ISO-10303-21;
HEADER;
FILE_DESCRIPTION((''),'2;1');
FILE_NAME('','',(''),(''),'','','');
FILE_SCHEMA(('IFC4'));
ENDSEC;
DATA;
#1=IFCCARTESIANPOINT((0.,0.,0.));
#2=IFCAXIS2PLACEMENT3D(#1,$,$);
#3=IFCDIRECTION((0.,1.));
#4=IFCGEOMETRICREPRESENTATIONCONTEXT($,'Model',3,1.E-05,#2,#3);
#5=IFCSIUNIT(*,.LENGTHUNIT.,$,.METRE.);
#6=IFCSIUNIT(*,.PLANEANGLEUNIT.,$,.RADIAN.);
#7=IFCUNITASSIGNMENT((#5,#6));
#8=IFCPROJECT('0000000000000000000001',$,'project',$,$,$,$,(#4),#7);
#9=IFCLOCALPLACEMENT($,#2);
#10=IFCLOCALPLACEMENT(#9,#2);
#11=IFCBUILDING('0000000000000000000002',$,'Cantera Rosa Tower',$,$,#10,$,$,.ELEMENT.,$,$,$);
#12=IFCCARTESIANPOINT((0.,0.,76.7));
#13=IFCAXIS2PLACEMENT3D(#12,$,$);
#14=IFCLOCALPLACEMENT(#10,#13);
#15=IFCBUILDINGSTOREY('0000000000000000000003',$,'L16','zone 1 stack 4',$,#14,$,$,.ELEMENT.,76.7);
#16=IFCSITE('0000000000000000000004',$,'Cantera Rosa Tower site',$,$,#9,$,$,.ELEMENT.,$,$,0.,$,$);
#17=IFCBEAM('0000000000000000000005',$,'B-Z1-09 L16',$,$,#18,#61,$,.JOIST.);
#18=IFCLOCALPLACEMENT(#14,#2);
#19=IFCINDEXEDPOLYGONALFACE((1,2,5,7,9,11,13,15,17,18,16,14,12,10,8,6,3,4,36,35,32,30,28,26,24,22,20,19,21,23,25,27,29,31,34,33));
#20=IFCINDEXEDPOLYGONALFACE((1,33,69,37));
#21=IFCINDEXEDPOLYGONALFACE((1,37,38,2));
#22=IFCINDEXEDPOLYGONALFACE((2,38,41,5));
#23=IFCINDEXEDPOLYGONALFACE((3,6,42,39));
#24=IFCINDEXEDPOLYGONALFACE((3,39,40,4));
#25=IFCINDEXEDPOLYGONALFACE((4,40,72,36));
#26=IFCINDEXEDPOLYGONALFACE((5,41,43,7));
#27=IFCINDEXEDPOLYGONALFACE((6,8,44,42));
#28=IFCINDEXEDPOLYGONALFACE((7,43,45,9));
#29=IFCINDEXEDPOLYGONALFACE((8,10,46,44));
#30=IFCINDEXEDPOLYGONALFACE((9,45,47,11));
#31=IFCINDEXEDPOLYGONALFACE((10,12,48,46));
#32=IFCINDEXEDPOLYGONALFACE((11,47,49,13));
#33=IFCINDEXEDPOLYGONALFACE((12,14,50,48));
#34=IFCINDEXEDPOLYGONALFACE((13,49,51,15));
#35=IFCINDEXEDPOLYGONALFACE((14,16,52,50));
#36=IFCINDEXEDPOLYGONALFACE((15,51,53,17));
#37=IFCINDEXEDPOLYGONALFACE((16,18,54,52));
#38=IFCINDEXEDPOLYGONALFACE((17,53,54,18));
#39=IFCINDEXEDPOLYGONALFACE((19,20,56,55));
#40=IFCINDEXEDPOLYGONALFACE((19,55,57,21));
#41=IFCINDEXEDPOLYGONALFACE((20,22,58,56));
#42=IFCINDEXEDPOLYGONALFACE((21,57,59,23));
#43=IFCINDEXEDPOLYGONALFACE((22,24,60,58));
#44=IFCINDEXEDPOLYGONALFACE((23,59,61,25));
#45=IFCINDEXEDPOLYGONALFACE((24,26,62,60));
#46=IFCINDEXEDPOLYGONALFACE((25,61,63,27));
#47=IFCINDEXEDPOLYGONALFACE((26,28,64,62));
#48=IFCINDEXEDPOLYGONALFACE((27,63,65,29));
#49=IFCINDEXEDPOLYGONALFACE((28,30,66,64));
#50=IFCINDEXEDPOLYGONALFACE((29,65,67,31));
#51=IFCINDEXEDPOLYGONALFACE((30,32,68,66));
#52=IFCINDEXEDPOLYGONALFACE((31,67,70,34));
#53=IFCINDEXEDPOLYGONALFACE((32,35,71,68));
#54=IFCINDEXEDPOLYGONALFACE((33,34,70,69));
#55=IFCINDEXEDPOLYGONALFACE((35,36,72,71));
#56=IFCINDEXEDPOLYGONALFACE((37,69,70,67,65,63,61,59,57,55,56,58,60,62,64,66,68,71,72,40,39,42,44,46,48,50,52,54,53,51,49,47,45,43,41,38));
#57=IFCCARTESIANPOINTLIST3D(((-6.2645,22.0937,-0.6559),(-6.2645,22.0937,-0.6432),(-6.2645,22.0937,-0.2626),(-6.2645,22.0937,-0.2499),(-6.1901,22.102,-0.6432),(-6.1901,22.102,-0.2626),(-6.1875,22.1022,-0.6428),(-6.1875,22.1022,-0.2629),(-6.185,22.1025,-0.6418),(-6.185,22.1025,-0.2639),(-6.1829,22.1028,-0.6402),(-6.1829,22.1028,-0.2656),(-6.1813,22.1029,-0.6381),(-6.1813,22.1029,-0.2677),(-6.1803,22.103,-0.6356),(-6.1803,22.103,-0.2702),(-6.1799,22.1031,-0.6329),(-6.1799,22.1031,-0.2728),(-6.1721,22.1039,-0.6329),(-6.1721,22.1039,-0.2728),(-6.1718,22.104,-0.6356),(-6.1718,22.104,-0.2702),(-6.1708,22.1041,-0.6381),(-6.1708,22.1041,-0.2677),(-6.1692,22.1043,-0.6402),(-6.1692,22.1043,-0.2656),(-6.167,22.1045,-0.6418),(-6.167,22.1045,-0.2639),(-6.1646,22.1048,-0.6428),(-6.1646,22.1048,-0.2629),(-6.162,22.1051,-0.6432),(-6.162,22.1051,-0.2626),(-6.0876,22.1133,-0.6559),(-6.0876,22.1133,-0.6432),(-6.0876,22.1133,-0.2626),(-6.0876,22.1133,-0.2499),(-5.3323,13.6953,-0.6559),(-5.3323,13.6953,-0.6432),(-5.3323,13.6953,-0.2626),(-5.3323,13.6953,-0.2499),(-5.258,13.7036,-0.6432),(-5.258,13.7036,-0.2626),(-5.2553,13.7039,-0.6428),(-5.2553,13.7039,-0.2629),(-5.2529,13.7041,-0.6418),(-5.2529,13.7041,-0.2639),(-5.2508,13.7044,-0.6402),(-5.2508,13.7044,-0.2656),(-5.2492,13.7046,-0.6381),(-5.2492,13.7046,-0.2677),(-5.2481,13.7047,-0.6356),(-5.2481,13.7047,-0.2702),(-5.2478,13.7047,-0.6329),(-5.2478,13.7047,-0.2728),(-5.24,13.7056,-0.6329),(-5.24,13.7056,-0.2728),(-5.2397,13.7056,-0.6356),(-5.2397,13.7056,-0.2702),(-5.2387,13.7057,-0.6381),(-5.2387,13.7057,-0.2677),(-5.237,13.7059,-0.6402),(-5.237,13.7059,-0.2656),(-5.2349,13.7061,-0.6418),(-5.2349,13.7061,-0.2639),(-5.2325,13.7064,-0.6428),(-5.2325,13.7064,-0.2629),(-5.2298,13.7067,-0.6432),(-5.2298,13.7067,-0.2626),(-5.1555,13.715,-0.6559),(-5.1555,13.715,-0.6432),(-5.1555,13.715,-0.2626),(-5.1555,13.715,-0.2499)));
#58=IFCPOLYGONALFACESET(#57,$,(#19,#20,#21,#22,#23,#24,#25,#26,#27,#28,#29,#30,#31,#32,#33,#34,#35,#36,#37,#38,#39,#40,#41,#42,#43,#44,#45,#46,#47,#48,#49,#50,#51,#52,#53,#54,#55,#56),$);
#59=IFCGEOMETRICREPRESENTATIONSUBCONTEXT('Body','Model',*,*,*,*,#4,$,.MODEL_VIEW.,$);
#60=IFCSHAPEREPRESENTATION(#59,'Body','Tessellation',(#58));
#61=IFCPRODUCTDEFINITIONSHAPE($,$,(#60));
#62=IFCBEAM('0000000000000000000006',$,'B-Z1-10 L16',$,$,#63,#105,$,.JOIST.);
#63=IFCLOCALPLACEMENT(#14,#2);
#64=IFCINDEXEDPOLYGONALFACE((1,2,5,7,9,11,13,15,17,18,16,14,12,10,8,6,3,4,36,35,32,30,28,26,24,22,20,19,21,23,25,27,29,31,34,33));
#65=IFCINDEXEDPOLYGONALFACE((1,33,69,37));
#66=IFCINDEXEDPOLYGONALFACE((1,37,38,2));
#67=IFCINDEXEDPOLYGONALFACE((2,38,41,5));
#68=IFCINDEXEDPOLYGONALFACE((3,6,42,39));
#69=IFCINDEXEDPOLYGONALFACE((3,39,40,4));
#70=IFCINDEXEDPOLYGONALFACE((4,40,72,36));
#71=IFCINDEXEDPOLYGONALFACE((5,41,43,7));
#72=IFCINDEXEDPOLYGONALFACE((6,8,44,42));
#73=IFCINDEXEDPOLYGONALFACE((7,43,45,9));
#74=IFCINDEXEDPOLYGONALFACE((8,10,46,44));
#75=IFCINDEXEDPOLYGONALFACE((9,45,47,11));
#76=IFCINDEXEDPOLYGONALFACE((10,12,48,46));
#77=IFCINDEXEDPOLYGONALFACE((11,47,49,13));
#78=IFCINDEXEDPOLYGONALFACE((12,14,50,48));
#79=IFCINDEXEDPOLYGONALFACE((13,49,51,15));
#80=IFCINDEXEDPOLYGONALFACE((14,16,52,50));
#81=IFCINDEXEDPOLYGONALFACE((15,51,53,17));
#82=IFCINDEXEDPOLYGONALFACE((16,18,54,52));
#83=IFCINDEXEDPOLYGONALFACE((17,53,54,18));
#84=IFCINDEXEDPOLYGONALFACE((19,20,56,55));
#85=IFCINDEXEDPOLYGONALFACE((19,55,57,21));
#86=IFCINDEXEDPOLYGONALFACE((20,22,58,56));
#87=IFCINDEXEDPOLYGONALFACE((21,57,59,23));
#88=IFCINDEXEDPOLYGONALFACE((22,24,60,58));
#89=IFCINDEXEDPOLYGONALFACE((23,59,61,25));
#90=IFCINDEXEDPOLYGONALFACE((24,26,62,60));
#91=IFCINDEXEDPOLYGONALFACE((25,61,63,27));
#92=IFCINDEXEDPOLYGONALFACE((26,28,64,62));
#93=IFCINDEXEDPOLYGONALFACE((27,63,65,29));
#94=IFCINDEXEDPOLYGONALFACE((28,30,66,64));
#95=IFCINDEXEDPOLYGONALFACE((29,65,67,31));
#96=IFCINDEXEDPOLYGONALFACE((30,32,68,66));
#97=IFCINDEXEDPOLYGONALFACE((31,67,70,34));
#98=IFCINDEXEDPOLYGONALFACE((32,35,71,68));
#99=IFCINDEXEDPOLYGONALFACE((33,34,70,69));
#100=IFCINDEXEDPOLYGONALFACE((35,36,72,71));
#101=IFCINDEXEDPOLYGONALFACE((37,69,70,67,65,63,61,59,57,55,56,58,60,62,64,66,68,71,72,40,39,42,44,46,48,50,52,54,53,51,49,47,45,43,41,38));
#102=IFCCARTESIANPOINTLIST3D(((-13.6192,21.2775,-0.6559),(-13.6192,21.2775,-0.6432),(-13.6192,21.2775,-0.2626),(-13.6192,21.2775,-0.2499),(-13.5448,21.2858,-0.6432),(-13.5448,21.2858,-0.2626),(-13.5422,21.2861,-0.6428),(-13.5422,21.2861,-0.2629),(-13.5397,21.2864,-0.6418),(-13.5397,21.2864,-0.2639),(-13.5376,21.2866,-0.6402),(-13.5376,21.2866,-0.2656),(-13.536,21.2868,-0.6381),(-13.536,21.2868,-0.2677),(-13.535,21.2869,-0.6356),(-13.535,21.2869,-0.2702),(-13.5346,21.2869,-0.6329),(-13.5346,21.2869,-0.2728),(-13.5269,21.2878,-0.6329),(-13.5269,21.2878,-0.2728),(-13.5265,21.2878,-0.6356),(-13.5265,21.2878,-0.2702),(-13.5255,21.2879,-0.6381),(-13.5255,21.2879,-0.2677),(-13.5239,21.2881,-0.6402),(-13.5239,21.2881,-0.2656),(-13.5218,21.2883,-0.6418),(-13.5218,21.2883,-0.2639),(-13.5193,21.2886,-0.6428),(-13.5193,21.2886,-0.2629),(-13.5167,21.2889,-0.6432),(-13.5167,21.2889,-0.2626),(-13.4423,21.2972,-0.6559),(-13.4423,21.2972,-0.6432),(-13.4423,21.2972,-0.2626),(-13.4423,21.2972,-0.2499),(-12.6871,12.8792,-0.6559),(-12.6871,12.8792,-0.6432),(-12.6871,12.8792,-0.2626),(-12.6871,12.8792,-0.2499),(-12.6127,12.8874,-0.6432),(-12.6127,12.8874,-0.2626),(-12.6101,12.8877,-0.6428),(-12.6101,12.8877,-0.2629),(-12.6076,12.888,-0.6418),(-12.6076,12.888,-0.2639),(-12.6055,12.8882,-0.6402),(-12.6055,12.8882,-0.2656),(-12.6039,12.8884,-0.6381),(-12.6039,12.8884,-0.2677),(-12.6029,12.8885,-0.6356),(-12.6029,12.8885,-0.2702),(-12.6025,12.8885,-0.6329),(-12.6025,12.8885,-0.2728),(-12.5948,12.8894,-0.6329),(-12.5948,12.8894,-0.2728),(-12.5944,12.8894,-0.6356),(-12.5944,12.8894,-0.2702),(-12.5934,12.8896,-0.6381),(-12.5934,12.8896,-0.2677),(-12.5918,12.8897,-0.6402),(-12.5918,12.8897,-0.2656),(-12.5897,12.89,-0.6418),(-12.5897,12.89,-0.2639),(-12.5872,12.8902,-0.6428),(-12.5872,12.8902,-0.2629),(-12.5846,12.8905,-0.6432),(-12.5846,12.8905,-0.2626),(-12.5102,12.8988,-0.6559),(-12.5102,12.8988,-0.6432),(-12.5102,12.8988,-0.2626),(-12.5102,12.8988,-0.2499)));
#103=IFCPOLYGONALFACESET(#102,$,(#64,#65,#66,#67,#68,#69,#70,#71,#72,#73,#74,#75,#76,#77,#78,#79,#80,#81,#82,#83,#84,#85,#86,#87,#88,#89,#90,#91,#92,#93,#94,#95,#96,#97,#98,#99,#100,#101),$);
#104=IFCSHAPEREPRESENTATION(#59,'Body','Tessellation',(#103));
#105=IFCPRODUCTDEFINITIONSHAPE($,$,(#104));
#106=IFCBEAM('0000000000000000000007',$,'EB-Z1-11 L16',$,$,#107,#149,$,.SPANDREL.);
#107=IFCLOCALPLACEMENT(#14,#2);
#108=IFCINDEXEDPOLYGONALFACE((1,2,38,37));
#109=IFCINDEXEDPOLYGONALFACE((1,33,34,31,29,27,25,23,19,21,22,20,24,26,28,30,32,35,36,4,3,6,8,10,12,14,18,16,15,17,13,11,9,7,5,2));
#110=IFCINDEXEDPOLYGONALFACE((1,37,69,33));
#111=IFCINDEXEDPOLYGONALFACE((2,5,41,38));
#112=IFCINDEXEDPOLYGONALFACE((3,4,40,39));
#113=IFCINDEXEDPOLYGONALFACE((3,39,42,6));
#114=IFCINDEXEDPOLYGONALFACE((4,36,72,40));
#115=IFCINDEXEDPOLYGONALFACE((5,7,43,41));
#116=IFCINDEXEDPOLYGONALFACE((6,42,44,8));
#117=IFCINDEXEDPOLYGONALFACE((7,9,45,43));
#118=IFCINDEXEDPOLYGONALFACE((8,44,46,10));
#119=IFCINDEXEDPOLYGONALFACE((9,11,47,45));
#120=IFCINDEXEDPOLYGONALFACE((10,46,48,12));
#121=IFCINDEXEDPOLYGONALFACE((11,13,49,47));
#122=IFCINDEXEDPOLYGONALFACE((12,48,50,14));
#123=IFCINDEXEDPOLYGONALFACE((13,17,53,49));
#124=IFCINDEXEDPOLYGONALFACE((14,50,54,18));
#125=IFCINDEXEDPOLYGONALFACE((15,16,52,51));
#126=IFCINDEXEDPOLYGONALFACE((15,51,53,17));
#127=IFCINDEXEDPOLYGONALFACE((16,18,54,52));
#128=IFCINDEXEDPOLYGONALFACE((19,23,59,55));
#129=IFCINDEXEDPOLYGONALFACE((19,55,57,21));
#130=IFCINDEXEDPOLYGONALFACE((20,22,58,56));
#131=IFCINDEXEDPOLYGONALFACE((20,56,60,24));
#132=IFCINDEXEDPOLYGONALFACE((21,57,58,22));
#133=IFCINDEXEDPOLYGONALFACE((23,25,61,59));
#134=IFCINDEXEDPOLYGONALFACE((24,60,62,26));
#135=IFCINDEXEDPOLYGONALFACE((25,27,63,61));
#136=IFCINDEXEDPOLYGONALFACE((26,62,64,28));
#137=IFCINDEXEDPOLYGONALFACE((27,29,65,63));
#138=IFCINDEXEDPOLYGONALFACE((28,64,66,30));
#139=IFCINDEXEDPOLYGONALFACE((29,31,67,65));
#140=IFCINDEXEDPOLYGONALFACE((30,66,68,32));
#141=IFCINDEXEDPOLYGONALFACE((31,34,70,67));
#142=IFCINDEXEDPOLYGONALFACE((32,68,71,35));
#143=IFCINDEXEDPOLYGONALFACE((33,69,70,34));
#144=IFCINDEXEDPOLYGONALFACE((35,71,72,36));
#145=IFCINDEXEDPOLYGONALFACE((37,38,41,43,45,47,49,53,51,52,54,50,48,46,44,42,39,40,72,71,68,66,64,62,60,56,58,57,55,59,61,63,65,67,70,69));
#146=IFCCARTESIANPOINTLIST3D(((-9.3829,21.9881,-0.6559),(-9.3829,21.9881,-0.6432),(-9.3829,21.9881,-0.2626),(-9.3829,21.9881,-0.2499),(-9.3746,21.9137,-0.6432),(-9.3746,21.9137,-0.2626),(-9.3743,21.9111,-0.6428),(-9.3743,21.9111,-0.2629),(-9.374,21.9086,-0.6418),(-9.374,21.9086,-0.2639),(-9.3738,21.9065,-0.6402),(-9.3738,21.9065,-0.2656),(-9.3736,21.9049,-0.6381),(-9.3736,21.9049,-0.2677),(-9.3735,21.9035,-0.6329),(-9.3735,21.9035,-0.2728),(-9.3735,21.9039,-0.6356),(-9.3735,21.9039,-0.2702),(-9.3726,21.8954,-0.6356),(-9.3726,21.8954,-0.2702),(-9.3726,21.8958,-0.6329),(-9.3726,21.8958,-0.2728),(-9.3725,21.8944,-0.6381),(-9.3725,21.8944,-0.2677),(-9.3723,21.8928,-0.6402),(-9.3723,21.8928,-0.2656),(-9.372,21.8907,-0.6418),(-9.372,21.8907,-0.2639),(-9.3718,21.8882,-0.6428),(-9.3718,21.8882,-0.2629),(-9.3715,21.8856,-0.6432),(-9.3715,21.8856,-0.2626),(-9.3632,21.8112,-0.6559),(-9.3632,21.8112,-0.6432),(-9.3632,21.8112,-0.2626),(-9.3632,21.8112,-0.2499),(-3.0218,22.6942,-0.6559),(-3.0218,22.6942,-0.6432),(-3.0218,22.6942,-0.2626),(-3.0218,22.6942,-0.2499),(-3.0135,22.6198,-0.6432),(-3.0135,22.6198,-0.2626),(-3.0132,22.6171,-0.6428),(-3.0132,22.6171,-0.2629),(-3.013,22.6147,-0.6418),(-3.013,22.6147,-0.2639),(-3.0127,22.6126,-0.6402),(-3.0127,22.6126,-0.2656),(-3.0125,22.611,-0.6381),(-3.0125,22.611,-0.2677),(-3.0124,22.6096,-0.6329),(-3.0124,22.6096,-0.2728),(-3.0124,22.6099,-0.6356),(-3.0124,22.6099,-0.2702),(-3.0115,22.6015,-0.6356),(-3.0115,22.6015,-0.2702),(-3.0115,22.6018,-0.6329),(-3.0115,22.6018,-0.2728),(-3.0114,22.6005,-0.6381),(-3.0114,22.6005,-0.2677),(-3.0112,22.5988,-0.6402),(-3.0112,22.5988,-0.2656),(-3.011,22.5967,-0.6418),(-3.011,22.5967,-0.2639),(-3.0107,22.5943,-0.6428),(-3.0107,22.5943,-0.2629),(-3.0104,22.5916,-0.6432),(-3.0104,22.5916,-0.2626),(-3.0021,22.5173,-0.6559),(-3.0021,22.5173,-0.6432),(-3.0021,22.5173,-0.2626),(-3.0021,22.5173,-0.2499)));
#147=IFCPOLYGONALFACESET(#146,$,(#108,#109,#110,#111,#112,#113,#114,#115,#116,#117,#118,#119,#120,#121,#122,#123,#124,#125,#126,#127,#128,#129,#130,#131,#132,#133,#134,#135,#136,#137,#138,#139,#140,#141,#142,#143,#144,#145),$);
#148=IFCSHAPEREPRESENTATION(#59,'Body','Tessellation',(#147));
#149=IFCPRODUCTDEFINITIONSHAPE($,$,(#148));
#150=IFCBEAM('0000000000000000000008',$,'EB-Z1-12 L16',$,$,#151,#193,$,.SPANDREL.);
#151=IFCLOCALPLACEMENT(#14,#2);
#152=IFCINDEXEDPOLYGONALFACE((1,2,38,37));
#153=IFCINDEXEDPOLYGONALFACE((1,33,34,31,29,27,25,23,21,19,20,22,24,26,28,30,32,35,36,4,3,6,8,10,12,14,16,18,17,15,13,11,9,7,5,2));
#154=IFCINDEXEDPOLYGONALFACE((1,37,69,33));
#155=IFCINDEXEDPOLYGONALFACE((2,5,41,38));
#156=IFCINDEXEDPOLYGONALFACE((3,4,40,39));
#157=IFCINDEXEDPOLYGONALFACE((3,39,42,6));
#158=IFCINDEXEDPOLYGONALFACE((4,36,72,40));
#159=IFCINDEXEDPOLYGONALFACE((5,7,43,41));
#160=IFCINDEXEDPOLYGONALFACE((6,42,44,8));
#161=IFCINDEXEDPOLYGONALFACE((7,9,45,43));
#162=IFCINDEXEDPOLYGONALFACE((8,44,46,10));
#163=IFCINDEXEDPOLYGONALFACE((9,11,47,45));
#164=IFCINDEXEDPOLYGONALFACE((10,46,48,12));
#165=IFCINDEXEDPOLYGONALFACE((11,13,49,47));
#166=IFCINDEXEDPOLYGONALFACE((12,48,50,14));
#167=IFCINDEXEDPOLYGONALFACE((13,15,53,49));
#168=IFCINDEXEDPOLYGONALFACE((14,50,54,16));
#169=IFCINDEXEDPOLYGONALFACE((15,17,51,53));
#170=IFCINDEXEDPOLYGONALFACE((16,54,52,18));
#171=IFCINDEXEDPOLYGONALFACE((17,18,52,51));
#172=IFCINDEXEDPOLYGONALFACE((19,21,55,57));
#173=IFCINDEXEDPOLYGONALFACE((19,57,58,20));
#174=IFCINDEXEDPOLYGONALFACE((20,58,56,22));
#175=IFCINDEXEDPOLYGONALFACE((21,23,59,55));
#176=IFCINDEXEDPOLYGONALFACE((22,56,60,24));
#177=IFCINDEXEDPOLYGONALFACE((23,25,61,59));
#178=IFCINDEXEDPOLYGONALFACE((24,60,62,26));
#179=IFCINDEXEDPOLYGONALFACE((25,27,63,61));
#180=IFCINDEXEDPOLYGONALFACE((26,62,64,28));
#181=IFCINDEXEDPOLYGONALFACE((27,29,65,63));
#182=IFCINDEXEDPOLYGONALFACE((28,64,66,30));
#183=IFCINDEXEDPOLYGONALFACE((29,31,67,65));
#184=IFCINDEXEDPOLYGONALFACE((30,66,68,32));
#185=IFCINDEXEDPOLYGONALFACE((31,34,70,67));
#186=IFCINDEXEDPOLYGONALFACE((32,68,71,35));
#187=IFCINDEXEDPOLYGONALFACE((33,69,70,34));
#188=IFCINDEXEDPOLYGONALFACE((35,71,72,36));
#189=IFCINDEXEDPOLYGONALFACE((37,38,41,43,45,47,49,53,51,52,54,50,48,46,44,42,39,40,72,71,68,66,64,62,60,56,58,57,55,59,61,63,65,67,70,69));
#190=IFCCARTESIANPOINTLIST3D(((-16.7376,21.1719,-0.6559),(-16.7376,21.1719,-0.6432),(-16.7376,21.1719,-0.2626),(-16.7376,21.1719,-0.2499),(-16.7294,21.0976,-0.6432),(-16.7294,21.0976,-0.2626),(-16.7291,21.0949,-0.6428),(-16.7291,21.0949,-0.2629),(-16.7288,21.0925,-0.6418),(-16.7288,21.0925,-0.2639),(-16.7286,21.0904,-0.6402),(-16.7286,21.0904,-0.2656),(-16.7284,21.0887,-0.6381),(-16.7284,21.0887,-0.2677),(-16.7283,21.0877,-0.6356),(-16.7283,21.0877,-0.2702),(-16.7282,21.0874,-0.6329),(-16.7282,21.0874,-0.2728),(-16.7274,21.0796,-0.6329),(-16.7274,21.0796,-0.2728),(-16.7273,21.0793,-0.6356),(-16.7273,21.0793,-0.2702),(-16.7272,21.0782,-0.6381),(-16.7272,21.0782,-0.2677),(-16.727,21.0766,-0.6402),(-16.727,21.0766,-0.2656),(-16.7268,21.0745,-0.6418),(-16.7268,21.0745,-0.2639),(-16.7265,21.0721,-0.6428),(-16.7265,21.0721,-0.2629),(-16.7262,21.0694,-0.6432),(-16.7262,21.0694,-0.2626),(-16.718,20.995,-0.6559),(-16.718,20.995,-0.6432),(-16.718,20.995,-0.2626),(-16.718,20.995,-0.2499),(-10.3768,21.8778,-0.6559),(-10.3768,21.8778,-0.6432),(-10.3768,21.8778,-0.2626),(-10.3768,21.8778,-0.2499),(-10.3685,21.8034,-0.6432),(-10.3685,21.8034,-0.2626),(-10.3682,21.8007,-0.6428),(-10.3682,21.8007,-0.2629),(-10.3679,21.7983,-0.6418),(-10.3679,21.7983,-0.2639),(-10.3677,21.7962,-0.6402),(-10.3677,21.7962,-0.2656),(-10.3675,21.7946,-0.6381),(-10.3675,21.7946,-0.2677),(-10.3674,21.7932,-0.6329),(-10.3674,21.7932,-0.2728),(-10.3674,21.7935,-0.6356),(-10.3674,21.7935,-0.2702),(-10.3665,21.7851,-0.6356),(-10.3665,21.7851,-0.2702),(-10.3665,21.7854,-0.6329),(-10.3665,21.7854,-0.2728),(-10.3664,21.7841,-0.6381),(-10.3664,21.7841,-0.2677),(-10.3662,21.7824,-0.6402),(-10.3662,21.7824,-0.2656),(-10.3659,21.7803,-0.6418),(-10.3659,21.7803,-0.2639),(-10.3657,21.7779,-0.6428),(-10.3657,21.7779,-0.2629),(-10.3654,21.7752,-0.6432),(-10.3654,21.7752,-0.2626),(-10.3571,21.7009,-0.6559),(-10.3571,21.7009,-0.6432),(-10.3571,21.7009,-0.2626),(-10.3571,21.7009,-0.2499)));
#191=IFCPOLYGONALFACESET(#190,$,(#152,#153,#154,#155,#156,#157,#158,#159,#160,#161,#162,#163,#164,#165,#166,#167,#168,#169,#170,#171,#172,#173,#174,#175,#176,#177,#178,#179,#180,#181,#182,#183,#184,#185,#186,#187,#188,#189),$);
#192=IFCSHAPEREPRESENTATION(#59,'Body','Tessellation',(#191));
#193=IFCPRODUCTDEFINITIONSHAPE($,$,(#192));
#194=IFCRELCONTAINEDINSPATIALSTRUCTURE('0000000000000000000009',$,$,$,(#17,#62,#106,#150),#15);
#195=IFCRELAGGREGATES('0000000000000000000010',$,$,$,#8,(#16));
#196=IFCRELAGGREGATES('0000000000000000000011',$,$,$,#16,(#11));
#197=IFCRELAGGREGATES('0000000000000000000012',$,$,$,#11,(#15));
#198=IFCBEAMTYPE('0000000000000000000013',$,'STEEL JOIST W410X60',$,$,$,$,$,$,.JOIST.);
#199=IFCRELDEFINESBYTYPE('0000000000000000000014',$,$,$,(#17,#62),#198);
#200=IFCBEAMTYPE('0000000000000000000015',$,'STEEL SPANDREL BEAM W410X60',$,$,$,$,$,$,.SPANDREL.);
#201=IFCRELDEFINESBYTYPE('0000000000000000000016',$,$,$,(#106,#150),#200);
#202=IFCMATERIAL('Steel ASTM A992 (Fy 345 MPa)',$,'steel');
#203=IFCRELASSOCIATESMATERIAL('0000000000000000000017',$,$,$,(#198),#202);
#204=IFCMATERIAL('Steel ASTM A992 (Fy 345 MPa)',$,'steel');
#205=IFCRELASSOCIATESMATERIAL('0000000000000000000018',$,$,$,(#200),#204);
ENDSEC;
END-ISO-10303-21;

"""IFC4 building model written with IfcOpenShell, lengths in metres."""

from ifc_helpers import new_model, si_unit, direction, frame, origin, origin_2d, place, context, subcontext, project, spatial, i_section, extrude, material, material_profile, profile_set, type_object, element, save


model = new_model("IFC4")

# Units and contexts
model_context = context("Model", 3, precision=1e-05, world=origin(), true_north=direction((0.0, 1.0)))
body_context = subcontext(model_context, "Body", "Model", "MODEL_VIEW")
ifc_project = project(units=[si_unit("LENGTHUNIT", "METRE"), si_unit("PLANEANGLEUNIT", "RADIAN")], contexts=[model_context])

# Site, building, storey
site_placement = place(None, origin())
site = spatial("IfcSite", under=ifc_project, at=site_placement, Name="Cantera Rosa Tower site", CompositionType="ELEMENT", RefElevation=0.0)
building_placement = place(site_placement, origin())
building = spatial("IfcBuilding", under=site, at=building_placement, Name="Cantera Rosa Tower", CompositionType="ELEMENT")
storey_placement = place(building_placement, frame((0.0, 0.0, 76.7)))
storey = spatial("IfcBuildingStorey", under=building, at=storey_placement, Name="L16", Description="zone 1 stack 4", CompositionType="ELEMENT", Elevation=76.7)

# Beams
ifc_material_1 = material(Name="Steel ASTM A992 (Fy 345 MPa)", Category="steel")
ifc_material_profile_1 = material_profile(ifc_material_1, i_section(OverallWidth=0.178, OverallDepth=0.406, WebThickness=0.0078, FlangeThickness=0.0127, FilletRadius=0.0103, at=origin_2d()), Name="W410X60")
ifc_profile_set_1 = profile_set([ifc_material_profile_1], Name="Steel ASTM A992 (Fy 345 MPa)")
beam_type_1 = type_object("IfcBeamType", Name="STEEL JOIST W410X60", PredefinedType="JOIST", material=ifc_profile_set_1)
for number, where, z_axis, x_axis, name in (
    (1, (-6.176, 22.1035, -0.4529), (0.110311, -0.993897, 0.0), (0.993897, 0.110311, 0.0), "B-Z1-09 L16"),
    (2, (-13.5308, 21.2874, -0.4529), (0.110311, -0.993897, 0.0), (0.993897, 0.110311, 0.0), "B-Z1-10 L16"),
):
    element("IfcBeam", number, at=place(storey_placement, frame(where, z_axis=z_axis, x_axis=x_axis)), inside=storey, type_object=beam_type_1, Name=name, PredefinedType="JOIST", context=body_context, shape_type="SweptSolid", body=[
        extrude(i_section(OverallWidth=0.178, OverallDepth=0.406, WebThickness=0.0078, FlangeThickness=0.0127, FilletRadius=0.0103, at=origin_2d()), origin(), (0.0, 0.0, 1.0), 8.45),
    ])
ifc_material_2 = material(Name="Steel ASTM A992 (Fy 345 MPa)", Category="steel")
ifc_material_profile_2 = material_profile(ifc_material_2, i_section(OverallWidth=0.178, OverallDepth=0.406, WebThickness=0.0078, FlangeThickness=0.0127, FilletRadius=0.0103, at=origin_2d()), Name="W410X60")
ifc_profile_set_2 = profile_set([ifc_material_profile_2], Name="Steel ASTM A992 (Fy 345 MPa)")
beam_type_2 = type_object("IfcBeamType", Name="STEEL SPANDREL BEAM W410X60", PredefinedType="SPANDREL", material=ifc_profile_set_2)
beam_1_placement = place(storey_placement, frame((-3.012, 22.6057, -0.4529), z_axis=(-0.993896, -0.110318, 0.0), x_axis=(0.110318, -0.993896, 0.0)))
element("IfcBeam", 3, at=beam_1_placement, inside=storey, type_object=beam_type_2, Name="EB-Z1-11 L16", PredefinedType="SPANDREL", context=body_context, shape_type="SweptSolid", body=[
    extrude(i_section(OverallWidth=0.178, OverallDepth=0.406, WebThickness=0.0078, FlangeThickness=0.0127, FilletRadius=0.0103, at=origin_2d()), origin(), (0.0, 0.0, 1.0), 6.4001),
])
beam_2_placement = place(storey_placement, frame((-10.3669, 21.7893, -0.4529), z_axis=(-0.9939, -0.110285, 0.0), x_axis=(0.110285, -0.9939, 0.0)))
element("IfcBeam", 4, at=beam_2_placement, inside=storey, type_object=beam_type_2, Name="EB-Z1-12 L16", PredefinedType="SPANDREL", context=body_context, shape_type="SweptSolid", body=[
    extrude(i_section(OverallWidth=0.178, OverallDepth=0.406, WebThickness=0.0078, FlangeThickness=0.0127, FilletRadius=0.0103, at=origin_2d()), origin(), (0.0, 0.0, 1.0), 6.3999),
])

save(model, "model.ifc")
